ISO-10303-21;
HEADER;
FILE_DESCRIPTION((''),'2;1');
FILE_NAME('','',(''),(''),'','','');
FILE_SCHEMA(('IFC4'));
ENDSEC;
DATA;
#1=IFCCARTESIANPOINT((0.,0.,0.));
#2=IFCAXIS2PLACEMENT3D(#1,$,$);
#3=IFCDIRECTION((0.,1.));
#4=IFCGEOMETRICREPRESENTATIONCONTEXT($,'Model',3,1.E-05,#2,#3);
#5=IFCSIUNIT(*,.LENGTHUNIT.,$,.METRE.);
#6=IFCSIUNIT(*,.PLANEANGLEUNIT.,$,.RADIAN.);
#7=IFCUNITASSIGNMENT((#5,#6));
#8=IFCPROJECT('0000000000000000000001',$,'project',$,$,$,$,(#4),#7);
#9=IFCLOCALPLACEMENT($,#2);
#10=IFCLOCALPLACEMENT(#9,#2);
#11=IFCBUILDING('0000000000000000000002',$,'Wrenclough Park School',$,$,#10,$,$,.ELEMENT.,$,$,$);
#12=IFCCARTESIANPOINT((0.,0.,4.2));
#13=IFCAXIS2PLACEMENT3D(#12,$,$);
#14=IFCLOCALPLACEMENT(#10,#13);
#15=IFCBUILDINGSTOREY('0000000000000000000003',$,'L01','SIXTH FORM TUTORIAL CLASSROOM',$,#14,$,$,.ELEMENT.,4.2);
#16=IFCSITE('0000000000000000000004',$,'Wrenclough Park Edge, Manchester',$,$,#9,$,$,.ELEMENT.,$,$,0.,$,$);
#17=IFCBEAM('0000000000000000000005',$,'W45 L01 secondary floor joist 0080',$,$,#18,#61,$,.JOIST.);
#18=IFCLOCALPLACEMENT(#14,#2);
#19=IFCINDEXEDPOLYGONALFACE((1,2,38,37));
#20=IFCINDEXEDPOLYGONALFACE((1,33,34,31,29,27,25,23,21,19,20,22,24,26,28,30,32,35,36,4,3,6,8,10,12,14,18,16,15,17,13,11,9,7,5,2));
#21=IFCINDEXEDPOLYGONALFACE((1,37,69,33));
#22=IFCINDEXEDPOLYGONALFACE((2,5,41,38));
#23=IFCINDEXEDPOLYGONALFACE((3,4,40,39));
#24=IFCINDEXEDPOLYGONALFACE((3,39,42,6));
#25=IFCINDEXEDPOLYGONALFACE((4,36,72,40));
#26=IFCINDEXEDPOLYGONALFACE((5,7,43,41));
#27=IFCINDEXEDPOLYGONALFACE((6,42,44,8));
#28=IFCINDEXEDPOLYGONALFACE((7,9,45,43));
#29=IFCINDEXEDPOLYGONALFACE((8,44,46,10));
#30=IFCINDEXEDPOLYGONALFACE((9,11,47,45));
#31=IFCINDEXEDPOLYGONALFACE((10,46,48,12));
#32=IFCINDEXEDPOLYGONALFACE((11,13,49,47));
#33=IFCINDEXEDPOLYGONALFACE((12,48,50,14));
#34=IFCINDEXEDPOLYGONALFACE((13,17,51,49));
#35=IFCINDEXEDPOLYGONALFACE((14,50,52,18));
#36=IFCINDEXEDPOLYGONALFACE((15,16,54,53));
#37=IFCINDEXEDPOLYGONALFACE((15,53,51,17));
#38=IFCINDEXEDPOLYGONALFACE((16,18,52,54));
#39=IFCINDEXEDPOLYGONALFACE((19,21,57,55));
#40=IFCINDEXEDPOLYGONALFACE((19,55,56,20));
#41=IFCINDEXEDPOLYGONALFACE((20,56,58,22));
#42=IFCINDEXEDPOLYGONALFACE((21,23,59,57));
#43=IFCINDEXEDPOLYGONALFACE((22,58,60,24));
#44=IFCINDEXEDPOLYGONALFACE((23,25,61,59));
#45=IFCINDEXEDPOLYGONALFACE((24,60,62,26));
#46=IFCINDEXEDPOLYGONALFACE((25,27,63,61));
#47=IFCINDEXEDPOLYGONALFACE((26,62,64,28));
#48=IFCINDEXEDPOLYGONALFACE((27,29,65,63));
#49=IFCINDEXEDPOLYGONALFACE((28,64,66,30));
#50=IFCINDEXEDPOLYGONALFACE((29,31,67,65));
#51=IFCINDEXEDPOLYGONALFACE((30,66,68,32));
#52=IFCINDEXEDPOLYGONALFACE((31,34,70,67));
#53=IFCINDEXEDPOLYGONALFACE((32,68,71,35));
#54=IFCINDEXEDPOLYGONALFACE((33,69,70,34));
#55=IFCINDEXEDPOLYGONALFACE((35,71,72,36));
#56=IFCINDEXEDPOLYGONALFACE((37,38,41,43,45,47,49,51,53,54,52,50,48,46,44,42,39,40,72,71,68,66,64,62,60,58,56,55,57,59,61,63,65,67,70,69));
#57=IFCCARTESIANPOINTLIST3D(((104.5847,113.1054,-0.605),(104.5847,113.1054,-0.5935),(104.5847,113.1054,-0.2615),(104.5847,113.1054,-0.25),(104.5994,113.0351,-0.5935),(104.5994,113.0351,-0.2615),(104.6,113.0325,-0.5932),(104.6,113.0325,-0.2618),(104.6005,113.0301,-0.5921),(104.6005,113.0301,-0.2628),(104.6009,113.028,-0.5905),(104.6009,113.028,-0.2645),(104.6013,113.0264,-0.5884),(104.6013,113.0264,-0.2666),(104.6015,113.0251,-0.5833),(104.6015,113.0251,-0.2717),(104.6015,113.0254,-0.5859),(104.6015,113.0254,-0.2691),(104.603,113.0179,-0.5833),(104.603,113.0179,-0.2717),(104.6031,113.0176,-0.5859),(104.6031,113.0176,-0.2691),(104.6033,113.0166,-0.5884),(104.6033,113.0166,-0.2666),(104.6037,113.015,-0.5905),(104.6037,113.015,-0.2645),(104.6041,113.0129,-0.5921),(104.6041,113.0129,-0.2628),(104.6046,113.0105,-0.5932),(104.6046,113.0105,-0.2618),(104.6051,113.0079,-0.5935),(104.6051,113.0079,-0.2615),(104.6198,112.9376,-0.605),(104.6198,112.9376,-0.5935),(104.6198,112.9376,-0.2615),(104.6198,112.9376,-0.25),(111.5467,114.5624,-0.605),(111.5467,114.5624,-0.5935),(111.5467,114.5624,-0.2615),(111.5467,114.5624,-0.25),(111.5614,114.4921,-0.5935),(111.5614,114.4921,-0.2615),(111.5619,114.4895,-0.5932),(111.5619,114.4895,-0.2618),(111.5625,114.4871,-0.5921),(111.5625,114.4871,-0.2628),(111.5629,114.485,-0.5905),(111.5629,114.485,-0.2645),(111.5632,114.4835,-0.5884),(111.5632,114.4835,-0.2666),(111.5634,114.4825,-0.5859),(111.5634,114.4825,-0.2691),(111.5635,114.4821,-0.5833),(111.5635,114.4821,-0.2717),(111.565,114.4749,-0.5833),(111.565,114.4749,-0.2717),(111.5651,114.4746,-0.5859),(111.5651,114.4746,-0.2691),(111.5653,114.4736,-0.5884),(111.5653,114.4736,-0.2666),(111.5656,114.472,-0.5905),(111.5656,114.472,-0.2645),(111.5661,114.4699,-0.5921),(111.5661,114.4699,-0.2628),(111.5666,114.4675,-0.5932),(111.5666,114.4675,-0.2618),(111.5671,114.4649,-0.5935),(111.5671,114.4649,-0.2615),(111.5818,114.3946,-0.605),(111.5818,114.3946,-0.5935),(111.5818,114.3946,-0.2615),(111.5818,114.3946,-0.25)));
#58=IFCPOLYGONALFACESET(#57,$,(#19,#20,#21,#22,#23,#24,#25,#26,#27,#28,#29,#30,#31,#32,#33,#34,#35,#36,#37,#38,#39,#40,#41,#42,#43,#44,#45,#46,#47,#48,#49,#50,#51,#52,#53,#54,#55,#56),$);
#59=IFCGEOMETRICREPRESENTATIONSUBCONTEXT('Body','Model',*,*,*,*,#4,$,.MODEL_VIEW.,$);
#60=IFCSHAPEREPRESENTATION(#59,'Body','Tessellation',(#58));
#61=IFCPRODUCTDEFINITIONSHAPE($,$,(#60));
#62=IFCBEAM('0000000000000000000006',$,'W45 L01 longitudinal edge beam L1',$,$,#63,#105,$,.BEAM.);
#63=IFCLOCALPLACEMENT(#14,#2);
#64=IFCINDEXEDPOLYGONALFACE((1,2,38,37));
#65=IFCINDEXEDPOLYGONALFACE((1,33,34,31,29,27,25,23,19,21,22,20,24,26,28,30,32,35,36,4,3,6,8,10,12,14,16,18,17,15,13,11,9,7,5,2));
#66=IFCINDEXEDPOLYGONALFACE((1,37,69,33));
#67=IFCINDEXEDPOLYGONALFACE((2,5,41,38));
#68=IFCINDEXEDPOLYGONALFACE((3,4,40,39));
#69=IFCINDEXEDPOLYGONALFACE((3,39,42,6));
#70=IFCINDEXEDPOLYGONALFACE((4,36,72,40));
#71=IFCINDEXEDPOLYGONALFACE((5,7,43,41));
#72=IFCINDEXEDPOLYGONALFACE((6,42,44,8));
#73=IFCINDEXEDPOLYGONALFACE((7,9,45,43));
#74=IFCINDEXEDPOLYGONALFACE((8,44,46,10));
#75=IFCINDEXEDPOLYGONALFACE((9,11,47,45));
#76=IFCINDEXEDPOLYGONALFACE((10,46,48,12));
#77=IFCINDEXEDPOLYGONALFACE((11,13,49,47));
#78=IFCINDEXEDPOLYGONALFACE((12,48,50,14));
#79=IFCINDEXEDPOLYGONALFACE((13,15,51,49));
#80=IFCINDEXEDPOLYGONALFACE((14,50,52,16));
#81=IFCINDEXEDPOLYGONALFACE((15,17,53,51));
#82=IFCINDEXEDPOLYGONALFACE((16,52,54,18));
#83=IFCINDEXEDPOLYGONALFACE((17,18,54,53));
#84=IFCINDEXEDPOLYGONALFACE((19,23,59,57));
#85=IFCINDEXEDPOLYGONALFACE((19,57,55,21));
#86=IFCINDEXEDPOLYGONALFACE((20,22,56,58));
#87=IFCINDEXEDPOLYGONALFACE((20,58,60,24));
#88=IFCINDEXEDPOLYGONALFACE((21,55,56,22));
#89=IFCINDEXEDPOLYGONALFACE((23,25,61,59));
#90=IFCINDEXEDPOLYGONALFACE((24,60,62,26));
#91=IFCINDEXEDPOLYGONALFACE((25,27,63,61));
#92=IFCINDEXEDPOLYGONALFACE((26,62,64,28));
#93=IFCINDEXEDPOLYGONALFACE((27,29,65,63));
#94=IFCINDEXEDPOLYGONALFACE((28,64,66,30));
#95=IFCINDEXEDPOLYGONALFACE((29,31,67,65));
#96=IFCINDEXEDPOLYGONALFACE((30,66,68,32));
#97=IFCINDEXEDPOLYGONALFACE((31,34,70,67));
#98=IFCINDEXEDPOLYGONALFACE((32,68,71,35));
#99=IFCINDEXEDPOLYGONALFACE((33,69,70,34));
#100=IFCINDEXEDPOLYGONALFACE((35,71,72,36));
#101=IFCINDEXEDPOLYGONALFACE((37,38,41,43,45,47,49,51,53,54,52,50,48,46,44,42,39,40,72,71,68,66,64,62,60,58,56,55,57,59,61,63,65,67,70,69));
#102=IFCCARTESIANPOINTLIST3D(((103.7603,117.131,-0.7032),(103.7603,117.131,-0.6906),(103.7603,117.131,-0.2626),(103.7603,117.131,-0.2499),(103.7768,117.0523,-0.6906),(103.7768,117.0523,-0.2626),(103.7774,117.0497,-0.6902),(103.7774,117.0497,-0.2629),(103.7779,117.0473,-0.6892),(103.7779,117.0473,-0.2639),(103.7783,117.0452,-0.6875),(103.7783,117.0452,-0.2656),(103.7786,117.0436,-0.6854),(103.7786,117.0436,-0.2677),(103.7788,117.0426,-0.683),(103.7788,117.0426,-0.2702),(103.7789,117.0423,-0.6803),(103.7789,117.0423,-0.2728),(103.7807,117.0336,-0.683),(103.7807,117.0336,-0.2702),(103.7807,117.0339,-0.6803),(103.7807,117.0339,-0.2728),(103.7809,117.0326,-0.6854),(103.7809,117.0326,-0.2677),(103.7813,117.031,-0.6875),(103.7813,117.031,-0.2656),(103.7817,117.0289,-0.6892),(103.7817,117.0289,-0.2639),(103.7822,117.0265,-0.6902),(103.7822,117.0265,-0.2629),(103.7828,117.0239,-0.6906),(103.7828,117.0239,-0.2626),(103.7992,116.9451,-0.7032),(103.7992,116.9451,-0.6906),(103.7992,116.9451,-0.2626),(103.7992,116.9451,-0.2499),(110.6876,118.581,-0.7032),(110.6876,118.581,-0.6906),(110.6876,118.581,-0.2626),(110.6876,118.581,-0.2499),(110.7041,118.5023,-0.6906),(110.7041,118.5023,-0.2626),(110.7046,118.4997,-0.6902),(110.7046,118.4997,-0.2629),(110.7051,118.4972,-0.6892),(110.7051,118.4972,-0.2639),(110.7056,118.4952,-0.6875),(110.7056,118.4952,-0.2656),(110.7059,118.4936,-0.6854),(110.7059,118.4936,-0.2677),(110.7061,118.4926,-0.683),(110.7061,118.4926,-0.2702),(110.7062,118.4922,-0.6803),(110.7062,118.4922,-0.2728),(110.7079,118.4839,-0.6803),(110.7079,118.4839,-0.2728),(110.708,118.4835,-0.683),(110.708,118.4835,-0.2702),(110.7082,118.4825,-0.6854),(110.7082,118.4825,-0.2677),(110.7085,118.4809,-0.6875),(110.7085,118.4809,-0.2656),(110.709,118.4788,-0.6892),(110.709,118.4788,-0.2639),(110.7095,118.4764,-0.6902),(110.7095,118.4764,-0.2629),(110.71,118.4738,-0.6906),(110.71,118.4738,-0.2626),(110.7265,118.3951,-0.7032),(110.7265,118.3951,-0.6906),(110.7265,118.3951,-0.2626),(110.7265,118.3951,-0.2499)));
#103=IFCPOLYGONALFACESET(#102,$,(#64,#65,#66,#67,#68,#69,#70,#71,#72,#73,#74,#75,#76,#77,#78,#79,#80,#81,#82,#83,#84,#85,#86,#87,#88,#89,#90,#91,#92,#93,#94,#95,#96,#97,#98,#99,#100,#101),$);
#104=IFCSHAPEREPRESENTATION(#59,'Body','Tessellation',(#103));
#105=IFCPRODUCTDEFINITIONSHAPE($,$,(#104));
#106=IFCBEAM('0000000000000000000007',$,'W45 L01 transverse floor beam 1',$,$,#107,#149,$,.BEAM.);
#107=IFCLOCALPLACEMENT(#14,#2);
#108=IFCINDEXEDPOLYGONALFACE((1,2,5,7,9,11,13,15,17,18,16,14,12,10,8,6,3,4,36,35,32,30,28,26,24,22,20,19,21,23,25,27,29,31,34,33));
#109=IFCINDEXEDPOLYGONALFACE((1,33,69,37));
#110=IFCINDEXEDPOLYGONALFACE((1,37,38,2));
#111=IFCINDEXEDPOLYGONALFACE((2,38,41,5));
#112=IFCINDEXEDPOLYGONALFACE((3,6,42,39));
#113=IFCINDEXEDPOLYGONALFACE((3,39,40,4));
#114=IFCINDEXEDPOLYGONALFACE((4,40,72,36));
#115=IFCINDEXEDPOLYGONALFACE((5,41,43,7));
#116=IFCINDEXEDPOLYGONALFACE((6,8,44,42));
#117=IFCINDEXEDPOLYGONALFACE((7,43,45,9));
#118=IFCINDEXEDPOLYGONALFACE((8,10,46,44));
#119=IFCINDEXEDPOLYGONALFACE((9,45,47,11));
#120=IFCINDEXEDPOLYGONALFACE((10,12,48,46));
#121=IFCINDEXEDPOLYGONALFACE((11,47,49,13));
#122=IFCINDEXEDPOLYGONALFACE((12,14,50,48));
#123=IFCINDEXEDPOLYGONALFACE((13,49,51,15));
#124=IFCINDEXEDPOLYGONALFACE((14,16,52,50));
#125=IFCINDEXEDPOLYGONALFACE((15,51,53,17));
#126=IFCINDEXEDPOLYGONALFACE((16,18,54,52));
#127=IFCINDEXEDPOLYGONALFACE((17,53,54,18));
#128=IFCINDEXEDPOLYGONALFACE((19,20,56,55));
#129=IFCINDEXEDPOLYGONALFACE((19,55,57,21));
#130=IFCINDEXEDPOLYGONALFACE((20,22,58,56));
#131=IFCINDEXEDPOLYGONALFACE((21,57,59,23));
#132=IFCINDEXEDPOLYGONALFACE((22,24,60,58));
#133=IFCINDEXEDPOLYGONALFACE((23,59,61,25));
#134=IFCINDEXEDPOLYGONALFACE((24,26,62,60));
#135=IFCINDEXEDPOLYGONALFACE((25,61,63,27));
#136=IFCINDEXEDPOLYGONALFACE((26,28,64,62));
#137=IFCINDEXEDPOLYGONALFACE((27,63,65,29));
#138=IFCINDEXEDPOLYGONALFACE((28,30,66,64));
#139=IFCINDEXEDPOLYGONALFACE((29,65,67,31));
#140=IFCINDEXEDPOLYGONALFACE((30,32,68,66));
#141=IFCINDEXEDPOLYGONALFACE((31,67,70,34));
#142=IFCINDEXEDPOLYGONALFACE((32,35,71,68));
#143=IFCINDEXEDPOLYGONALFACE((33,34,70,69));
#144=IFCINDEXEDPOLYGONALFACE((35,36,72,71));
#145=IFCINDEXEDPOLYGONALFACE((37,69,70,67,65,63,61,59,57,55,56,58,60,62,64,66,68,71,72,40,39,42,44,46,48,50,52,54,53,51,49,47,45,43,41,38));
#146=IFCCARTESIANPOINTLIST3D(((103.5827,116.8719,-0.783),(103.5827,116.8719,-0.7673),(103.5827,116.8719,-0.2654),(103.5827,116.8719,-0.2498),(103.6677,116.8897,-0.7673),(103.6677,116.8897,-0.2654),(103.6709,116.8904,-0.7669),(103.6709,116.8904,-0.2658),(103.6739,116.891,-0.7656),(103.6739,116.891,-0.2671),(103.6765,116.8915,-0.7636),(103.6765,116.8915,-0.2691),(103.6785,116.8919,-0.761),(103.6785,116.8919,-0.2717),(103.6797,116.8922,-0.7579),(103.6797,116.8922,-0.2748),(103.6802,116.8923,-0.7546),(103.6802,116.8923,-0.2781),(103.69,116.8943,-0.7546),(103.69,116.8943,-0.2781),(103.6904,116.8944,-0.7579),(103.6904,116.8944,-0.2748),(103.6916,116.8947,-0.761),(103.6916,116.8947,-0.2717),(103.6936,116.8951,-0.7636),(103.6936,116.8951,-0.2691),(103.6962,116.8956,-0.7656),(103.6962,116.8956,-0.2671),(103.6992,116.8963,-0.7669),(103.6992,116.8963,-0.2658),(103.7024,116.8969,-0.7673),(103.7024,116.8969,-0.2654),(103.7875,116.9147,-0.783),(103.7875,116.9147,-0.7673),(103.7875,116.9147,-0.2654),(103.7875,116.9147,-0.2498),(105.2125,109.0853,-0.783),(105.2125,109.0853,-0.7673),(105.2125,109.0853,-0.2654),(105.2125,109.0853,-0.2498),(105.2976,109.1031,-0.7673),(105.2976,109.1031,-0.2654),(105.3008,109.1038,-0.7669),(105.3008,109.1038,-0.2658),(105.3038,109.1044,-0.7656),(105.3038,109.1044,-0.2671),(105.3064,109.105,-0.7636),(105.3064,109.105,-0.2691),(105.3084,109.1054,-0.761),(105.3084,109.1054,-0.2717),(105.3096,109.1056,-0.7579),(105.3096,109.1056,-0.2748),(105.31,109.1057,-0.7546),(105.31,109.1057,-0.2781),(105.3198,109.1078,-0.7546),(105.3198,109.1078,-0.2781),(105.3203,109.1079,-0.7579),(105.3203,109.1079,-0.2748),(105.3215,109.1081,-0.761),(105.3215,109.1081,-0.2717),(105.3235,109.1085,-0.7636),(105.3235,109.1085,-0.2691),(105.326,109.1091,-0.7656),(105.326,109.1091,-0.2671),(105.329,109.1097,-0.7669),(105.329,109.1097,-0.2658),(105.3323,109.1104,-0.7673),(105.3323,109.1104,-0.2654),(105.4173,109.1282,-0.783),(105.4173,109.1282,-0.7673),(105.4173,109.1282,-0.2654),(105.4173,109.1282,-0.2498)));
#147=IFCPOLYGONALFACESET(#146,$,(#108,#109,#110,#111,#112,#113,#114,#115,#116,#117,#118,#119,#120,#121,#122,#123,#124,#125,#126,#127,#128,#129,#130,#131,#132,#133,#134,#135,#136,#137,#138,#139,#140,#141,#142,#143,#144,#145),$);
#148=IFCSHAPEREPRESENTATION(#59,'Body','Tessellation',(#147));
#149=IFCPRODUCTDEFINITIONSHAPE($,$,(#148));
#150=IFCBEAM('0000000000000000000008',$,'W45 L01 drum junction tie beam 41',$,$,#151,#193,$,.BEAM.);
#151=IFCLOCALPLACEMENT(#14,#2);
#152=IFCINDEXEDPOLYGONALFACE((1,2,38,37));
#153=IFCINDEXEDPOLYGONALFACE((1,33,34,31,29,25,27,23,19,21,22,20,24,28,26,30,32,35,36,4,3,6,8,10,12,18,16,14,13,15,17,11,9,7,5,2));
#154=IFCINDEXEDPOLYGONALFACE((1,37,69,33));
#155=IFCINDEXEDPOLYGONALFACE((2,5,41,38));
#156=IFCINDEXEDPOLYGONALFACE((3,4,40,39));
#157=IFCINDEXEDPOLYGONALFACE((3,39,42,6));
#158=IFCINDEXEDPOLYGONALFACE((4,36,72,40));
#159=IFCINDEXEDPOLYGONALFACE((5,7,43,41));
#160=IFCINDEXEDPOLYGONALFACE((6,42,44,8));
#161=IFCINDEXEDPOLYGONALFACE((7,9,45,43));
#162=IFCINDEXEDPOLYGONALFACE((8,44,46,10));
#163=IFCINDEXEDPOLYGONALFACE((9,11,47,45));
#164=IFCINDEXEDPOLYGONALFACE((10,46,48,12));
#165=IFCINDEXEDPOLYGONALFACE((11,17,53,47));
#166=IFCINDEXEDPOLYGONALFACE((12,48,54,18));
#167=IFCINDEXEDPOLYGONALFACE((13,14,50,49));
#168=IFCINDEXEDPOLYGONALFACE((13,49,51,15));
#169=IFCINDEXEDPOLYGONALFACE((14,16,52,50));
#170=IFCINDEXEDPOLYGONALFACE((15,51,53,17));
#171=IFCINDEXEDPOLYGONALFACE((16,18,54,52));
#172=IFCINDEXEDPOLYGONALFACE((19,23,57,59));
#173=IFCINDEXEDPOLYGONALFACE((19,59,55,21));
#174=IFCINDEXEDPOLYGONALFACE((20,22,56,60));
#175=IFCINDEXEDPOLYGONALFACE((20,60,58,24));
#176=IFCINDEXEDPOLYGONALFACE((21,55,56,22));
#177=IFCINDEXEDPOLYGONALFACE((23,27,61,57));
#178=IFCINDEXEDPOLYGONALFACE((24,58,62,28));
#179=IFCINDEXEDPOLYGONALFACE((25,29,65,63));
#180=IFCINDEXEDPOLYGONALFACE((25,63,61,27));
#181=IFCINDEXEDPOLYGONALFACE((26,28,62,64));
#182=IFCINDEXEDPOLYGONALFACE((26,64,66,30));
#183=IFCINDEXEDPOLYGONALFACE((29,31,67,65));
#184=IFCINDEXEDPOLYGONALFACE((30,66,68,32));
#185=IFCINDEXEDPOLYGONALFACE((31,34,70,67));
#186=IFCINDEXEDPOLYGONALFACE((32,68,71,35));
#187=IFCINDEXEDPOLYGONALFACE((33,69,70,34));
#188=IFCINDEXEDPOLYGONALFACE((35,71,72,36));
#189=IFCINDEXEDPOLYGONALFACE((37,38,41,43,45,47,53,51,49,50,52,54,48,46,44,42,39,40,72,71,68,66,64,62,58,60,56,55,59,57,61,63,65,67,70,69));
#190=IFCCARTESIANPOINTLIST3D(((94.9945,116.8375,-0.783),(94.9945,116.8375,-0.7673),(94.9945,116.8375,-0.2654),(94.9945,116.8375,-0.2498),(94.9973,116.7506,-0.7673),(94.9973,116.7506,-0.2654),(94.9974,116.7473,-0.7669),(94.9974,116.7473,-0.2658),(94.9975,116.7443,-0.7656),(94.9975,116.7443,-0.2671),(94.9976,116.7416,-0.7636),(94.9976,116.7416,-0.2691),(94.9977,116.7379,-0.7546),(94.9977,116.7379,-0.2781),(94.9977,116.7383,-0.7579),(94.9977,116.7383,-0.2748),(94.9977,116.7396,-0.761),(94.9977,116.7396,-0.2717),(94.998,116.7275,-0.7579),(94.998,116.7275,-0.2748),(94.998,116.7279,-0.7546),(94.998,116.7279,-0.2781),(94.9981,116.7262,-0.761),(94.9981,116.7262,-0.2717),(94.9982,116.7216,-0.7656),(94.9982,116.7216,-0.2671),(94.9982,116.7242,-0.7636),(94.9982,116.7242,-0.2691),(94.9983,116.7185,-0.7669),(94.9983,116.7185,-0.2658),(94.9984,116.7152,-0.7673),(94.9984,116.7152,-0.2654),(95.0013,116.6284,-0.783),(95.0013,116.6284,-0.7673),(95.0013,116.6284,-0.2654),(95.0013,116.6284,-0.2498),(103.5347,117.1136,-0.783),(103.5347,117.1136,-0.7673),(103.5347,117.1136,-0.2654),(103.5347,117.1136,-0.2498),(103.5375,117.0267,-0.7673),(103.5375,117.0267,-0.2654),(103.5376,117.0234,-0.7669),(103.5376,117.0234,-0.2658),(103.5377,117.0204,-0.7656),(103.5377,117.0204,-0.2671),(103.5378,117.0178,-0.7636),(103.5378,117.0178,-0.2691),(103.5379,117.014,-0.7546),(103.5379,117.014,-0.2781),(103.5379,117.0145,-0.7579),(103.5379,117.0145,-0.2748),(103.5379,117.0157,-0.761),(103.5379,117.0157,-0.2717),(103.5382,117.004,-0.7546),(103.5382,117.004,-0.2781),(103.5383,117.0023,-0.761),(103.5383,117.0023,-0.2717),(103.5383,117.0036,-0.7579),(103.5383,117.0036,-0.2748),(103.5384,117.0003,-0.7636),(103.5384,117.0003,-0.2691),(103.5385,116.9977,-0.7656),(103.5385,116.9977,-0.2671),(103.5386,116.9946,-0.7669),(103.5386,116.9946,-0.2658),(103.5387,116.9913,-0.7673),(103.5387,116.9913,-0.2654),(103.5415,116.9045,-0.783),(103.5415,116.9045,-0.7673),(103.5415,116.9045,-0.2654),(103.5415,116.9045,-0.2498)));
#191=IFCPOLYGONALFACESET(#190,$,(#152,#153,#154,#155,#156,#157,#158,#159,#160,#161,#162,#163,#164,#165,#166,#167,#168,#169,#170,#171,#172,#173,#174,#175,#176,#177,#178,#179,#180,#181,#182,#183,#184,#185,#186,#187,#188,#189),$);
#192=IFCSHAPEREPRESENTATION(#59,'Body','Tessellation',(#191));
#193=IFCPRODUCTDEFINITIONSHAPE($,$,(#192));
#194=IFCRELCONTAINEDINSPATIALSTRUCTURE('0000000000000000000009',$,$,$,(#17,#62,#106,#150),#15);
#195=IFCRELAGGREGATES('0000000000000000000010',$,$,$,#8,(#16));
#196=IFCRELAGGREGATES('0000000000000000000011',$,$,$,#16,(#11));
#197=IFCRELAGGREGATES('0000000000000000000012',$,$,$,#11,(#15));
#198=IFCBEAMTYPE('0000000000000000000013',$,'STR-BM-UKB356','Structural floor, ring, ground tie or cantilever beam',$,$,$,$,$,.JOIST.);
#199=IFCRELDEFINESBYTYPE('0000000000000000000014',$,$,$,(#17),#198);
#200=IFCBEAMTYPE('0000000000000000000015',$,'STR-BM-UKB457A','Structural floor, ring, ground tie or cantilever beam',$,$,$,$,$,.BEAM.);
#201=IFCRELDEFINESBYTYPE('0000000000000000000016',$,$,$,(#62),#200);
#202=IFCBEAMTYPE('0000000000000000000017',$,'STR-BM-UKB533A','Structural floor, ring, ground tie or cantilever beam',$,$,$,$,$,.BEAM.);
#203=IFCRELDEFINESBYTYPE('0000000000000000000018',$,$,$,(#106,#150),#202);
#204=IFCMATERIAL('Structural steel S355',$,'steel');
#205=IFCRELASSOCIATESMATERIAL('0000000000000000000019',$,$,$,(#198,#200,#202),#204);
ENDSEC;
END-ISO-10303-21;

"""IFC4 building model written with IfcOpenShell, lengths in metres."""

from ifc_helpers import new_model, si_unit, direction, frame, origin, origin_2d, place, context, subcontext, project, spatial, i_section, extrude, material, material_profile, profile_set, type_object, element, save


model = new_model("IFC4")

# Units and contexts
model_context = context("Model", 3, precision=1e-05, world=origin(), true_north=direction((0.0, 1.0)))
body_context = subcontext(model_context, "Body", "Model", "MODEL_VIEW")
ifc_project = project(units=[si_unit("LENGTHUNIT", "METRE"), si_unit("PLANEANGLEUNIT", "RADIAN")], contexts=[model_context])

# Site, building, storey
site_placement = place(None, origin())
site = spatial("IfcSite", under=ifc_project, at=site_placement, Name="Wrenclough Park Edge, Manchester", CompositionType="ELEMENT", RefElevation=0.0)
building_placement = place(site_placement, origin())
building = spatial("IfcBuilding", under=site, at=building_placement, Name="Wrenclough Park School", CompositionType="ELEMENT")
storey_placement = place(building_placement, frame((0.0, 0.0, 4.2)))
storey = spatial("IfcBuildingStorey", under=building, at=storey_placement, Name="L01", Description="SIXTH FORM TUTORIAL CLASSROOM", CompositionType="ELEMENT", Elevation=4.2)

# Shared definitions
ifc_material_1 = material(Name="Structural steel S355", Category="steel")

# Beams
ifc_material_profile_1 = material_profile(ifc_material_1, i_section(OverallWidth=0.1714, OverallDepth=0.355, WebThickness=0.0073, FlangeThickness=0.0115, FilletRadius=0.0103, at=origin_2d()), Name="UKB 356x171x51")
ifc_profile_set_1 = profile_set([ifc_material_profile_1], Name="Structural steel S355")
beam_type_1 = type_object("IfcBeamType", Name="STR-BM-UKB356", Description="Structural floor, ring, ground tie or cantilever beam", PredefinedType="JOIST", material=ifc_profile_set_1)
beam_1_placement = place(storey_placement, frame((104.6023, 113.0215, -0.4275), z_axis=(0.978794, 0.204848, 0.0), x_axis=(-0.204848, 0.978794, 0.0)))
element("IfcBeam", 1, at=beam_1_placement, inside=storey, type_object=beam_type_1, Name="W45 L01 secondary floor joist 0080", PredefinedType="JOIST", context=body_context, shape_type="SweptSolid", body=[
    extrude(i_section(OverallWidth=0.1714, OverallDepth=0.355, WebThickness=0.0073, FlangeThickness=0.0115, FilletRadius=0.0103, at=origin_2d()), origin(), (0.0, 0.0, 1.0), 7.1128),
])
ifc_material_profile_2 = material_profile(ifc_material_1, i_section(OverallWidth=0.1899, OverallDepth=0.4534, WebThickness=0.0085, FlangeThickness=0.0127, FilletRadius=0.0103, at=origin_2d()), Name="UKB 457x191x67")
ifc_profile_set_2 = profile_set([ifc_material_profile_2], Name="Structural steel S355")
beam_type_2 = type_object("IfcBeamType", Name="STR-BM-UKB457A", Description="Structural floor, ring, ground tie or cantilever beam", PredefinedType="BEAM", material=ifc_profile_set_2)
beam_2_placement = place(storey_placement, frame((103.7798, 117.0381, -0.4766), z_axis=(0.978789, 0.204872, 0.0), x_axis=(-0.204872, 0.978789, 0.0)))
element("IfcBeam", 2, at=beam_2_placement, inside=storey, type_object=beam_type_2, Name="W45 L01 longitudinal edge beam L1", PredefinedType="BEAM", context=body_context, shape_type="SweptSolid", body=[
    extrude(i_section(OverallWidth=0.1899, OverallDepth=0.4534, WebThickness=0.0085, FlangeThickness=0.0127, FilletRadius=0.0103, at=origin_2d()), origin(), (0.0, 0.0, 1.0), 7.0774),
])
ifc_material_profile_3 = material_profile(ifc_material_1, i_section(OverallWidth=0.2092, OverallDepth=0.5332, WebThickness=0.01, FlangeThickness=0.0156, FilletRadius=0.0127, at=origin_2d()), Name="UKB 533x210x92")
ifc_profile_set_3 = profile_set([ifc_material_profile_3], Name="Structural steel S355")
beam_type_3 = type_object("IfcBeamType", Name="STR-BM-UKB533A", Description="Structural floor, ring, ground tie or cantilever beam", PredefinedType="BEAM", material=ifc_profile_set_3)
beam_3_placement = place(storey_placement, frame((103.6851, 116.8933, -0.5164), z_axis=(0.204878, -0.978787, 0.0), x_axis=(0.978787, 0.204878, 0.0)))
element("IfcBeam", 3, at=beam_3_placement, inside=storey, type_object=beam_type_3, Name="W45 L01 transverse floor beam 1", PredefinedType="BEAM", context=body_context, shape_type="SweptSolid", body=[
    extrude(i_section(OverallWidth=0.2092, OverallDepth=0.5332, WebThickness=0.01, FlangeThickness=0.0156, FilletRadius=0.0127, at=origin_2d()), origin(), (0.0, 0.0, 1.0), 7.9553),
])
beam_4_placement = place(storey_placement, frame((103.5381, 117.009, -0.5164), z_axis=(-0.999478, -0.032315, 0.0), x_axis=(0.032315, -0.999478, 0.0)))
element("IfcBeam", 4, at=beam_4_placement, inside=storey, type_object=beam_type_3, Name="W45 L01 drum junction tie beam 41", PredefinedType="BEAM", context=body_context, shape_type="SweptSolid", body=[
    extrude(i_section(OverallWidth=0.2092, OverallDepth=0.5332, WebThickness=0.01, FlangeThickness=0.0156, FilletRadius=0.0127, at=origin_2d()), origin(), (0.0, 0.0, 1.0), 8.5447),
])

save(model, "model.ifc")
